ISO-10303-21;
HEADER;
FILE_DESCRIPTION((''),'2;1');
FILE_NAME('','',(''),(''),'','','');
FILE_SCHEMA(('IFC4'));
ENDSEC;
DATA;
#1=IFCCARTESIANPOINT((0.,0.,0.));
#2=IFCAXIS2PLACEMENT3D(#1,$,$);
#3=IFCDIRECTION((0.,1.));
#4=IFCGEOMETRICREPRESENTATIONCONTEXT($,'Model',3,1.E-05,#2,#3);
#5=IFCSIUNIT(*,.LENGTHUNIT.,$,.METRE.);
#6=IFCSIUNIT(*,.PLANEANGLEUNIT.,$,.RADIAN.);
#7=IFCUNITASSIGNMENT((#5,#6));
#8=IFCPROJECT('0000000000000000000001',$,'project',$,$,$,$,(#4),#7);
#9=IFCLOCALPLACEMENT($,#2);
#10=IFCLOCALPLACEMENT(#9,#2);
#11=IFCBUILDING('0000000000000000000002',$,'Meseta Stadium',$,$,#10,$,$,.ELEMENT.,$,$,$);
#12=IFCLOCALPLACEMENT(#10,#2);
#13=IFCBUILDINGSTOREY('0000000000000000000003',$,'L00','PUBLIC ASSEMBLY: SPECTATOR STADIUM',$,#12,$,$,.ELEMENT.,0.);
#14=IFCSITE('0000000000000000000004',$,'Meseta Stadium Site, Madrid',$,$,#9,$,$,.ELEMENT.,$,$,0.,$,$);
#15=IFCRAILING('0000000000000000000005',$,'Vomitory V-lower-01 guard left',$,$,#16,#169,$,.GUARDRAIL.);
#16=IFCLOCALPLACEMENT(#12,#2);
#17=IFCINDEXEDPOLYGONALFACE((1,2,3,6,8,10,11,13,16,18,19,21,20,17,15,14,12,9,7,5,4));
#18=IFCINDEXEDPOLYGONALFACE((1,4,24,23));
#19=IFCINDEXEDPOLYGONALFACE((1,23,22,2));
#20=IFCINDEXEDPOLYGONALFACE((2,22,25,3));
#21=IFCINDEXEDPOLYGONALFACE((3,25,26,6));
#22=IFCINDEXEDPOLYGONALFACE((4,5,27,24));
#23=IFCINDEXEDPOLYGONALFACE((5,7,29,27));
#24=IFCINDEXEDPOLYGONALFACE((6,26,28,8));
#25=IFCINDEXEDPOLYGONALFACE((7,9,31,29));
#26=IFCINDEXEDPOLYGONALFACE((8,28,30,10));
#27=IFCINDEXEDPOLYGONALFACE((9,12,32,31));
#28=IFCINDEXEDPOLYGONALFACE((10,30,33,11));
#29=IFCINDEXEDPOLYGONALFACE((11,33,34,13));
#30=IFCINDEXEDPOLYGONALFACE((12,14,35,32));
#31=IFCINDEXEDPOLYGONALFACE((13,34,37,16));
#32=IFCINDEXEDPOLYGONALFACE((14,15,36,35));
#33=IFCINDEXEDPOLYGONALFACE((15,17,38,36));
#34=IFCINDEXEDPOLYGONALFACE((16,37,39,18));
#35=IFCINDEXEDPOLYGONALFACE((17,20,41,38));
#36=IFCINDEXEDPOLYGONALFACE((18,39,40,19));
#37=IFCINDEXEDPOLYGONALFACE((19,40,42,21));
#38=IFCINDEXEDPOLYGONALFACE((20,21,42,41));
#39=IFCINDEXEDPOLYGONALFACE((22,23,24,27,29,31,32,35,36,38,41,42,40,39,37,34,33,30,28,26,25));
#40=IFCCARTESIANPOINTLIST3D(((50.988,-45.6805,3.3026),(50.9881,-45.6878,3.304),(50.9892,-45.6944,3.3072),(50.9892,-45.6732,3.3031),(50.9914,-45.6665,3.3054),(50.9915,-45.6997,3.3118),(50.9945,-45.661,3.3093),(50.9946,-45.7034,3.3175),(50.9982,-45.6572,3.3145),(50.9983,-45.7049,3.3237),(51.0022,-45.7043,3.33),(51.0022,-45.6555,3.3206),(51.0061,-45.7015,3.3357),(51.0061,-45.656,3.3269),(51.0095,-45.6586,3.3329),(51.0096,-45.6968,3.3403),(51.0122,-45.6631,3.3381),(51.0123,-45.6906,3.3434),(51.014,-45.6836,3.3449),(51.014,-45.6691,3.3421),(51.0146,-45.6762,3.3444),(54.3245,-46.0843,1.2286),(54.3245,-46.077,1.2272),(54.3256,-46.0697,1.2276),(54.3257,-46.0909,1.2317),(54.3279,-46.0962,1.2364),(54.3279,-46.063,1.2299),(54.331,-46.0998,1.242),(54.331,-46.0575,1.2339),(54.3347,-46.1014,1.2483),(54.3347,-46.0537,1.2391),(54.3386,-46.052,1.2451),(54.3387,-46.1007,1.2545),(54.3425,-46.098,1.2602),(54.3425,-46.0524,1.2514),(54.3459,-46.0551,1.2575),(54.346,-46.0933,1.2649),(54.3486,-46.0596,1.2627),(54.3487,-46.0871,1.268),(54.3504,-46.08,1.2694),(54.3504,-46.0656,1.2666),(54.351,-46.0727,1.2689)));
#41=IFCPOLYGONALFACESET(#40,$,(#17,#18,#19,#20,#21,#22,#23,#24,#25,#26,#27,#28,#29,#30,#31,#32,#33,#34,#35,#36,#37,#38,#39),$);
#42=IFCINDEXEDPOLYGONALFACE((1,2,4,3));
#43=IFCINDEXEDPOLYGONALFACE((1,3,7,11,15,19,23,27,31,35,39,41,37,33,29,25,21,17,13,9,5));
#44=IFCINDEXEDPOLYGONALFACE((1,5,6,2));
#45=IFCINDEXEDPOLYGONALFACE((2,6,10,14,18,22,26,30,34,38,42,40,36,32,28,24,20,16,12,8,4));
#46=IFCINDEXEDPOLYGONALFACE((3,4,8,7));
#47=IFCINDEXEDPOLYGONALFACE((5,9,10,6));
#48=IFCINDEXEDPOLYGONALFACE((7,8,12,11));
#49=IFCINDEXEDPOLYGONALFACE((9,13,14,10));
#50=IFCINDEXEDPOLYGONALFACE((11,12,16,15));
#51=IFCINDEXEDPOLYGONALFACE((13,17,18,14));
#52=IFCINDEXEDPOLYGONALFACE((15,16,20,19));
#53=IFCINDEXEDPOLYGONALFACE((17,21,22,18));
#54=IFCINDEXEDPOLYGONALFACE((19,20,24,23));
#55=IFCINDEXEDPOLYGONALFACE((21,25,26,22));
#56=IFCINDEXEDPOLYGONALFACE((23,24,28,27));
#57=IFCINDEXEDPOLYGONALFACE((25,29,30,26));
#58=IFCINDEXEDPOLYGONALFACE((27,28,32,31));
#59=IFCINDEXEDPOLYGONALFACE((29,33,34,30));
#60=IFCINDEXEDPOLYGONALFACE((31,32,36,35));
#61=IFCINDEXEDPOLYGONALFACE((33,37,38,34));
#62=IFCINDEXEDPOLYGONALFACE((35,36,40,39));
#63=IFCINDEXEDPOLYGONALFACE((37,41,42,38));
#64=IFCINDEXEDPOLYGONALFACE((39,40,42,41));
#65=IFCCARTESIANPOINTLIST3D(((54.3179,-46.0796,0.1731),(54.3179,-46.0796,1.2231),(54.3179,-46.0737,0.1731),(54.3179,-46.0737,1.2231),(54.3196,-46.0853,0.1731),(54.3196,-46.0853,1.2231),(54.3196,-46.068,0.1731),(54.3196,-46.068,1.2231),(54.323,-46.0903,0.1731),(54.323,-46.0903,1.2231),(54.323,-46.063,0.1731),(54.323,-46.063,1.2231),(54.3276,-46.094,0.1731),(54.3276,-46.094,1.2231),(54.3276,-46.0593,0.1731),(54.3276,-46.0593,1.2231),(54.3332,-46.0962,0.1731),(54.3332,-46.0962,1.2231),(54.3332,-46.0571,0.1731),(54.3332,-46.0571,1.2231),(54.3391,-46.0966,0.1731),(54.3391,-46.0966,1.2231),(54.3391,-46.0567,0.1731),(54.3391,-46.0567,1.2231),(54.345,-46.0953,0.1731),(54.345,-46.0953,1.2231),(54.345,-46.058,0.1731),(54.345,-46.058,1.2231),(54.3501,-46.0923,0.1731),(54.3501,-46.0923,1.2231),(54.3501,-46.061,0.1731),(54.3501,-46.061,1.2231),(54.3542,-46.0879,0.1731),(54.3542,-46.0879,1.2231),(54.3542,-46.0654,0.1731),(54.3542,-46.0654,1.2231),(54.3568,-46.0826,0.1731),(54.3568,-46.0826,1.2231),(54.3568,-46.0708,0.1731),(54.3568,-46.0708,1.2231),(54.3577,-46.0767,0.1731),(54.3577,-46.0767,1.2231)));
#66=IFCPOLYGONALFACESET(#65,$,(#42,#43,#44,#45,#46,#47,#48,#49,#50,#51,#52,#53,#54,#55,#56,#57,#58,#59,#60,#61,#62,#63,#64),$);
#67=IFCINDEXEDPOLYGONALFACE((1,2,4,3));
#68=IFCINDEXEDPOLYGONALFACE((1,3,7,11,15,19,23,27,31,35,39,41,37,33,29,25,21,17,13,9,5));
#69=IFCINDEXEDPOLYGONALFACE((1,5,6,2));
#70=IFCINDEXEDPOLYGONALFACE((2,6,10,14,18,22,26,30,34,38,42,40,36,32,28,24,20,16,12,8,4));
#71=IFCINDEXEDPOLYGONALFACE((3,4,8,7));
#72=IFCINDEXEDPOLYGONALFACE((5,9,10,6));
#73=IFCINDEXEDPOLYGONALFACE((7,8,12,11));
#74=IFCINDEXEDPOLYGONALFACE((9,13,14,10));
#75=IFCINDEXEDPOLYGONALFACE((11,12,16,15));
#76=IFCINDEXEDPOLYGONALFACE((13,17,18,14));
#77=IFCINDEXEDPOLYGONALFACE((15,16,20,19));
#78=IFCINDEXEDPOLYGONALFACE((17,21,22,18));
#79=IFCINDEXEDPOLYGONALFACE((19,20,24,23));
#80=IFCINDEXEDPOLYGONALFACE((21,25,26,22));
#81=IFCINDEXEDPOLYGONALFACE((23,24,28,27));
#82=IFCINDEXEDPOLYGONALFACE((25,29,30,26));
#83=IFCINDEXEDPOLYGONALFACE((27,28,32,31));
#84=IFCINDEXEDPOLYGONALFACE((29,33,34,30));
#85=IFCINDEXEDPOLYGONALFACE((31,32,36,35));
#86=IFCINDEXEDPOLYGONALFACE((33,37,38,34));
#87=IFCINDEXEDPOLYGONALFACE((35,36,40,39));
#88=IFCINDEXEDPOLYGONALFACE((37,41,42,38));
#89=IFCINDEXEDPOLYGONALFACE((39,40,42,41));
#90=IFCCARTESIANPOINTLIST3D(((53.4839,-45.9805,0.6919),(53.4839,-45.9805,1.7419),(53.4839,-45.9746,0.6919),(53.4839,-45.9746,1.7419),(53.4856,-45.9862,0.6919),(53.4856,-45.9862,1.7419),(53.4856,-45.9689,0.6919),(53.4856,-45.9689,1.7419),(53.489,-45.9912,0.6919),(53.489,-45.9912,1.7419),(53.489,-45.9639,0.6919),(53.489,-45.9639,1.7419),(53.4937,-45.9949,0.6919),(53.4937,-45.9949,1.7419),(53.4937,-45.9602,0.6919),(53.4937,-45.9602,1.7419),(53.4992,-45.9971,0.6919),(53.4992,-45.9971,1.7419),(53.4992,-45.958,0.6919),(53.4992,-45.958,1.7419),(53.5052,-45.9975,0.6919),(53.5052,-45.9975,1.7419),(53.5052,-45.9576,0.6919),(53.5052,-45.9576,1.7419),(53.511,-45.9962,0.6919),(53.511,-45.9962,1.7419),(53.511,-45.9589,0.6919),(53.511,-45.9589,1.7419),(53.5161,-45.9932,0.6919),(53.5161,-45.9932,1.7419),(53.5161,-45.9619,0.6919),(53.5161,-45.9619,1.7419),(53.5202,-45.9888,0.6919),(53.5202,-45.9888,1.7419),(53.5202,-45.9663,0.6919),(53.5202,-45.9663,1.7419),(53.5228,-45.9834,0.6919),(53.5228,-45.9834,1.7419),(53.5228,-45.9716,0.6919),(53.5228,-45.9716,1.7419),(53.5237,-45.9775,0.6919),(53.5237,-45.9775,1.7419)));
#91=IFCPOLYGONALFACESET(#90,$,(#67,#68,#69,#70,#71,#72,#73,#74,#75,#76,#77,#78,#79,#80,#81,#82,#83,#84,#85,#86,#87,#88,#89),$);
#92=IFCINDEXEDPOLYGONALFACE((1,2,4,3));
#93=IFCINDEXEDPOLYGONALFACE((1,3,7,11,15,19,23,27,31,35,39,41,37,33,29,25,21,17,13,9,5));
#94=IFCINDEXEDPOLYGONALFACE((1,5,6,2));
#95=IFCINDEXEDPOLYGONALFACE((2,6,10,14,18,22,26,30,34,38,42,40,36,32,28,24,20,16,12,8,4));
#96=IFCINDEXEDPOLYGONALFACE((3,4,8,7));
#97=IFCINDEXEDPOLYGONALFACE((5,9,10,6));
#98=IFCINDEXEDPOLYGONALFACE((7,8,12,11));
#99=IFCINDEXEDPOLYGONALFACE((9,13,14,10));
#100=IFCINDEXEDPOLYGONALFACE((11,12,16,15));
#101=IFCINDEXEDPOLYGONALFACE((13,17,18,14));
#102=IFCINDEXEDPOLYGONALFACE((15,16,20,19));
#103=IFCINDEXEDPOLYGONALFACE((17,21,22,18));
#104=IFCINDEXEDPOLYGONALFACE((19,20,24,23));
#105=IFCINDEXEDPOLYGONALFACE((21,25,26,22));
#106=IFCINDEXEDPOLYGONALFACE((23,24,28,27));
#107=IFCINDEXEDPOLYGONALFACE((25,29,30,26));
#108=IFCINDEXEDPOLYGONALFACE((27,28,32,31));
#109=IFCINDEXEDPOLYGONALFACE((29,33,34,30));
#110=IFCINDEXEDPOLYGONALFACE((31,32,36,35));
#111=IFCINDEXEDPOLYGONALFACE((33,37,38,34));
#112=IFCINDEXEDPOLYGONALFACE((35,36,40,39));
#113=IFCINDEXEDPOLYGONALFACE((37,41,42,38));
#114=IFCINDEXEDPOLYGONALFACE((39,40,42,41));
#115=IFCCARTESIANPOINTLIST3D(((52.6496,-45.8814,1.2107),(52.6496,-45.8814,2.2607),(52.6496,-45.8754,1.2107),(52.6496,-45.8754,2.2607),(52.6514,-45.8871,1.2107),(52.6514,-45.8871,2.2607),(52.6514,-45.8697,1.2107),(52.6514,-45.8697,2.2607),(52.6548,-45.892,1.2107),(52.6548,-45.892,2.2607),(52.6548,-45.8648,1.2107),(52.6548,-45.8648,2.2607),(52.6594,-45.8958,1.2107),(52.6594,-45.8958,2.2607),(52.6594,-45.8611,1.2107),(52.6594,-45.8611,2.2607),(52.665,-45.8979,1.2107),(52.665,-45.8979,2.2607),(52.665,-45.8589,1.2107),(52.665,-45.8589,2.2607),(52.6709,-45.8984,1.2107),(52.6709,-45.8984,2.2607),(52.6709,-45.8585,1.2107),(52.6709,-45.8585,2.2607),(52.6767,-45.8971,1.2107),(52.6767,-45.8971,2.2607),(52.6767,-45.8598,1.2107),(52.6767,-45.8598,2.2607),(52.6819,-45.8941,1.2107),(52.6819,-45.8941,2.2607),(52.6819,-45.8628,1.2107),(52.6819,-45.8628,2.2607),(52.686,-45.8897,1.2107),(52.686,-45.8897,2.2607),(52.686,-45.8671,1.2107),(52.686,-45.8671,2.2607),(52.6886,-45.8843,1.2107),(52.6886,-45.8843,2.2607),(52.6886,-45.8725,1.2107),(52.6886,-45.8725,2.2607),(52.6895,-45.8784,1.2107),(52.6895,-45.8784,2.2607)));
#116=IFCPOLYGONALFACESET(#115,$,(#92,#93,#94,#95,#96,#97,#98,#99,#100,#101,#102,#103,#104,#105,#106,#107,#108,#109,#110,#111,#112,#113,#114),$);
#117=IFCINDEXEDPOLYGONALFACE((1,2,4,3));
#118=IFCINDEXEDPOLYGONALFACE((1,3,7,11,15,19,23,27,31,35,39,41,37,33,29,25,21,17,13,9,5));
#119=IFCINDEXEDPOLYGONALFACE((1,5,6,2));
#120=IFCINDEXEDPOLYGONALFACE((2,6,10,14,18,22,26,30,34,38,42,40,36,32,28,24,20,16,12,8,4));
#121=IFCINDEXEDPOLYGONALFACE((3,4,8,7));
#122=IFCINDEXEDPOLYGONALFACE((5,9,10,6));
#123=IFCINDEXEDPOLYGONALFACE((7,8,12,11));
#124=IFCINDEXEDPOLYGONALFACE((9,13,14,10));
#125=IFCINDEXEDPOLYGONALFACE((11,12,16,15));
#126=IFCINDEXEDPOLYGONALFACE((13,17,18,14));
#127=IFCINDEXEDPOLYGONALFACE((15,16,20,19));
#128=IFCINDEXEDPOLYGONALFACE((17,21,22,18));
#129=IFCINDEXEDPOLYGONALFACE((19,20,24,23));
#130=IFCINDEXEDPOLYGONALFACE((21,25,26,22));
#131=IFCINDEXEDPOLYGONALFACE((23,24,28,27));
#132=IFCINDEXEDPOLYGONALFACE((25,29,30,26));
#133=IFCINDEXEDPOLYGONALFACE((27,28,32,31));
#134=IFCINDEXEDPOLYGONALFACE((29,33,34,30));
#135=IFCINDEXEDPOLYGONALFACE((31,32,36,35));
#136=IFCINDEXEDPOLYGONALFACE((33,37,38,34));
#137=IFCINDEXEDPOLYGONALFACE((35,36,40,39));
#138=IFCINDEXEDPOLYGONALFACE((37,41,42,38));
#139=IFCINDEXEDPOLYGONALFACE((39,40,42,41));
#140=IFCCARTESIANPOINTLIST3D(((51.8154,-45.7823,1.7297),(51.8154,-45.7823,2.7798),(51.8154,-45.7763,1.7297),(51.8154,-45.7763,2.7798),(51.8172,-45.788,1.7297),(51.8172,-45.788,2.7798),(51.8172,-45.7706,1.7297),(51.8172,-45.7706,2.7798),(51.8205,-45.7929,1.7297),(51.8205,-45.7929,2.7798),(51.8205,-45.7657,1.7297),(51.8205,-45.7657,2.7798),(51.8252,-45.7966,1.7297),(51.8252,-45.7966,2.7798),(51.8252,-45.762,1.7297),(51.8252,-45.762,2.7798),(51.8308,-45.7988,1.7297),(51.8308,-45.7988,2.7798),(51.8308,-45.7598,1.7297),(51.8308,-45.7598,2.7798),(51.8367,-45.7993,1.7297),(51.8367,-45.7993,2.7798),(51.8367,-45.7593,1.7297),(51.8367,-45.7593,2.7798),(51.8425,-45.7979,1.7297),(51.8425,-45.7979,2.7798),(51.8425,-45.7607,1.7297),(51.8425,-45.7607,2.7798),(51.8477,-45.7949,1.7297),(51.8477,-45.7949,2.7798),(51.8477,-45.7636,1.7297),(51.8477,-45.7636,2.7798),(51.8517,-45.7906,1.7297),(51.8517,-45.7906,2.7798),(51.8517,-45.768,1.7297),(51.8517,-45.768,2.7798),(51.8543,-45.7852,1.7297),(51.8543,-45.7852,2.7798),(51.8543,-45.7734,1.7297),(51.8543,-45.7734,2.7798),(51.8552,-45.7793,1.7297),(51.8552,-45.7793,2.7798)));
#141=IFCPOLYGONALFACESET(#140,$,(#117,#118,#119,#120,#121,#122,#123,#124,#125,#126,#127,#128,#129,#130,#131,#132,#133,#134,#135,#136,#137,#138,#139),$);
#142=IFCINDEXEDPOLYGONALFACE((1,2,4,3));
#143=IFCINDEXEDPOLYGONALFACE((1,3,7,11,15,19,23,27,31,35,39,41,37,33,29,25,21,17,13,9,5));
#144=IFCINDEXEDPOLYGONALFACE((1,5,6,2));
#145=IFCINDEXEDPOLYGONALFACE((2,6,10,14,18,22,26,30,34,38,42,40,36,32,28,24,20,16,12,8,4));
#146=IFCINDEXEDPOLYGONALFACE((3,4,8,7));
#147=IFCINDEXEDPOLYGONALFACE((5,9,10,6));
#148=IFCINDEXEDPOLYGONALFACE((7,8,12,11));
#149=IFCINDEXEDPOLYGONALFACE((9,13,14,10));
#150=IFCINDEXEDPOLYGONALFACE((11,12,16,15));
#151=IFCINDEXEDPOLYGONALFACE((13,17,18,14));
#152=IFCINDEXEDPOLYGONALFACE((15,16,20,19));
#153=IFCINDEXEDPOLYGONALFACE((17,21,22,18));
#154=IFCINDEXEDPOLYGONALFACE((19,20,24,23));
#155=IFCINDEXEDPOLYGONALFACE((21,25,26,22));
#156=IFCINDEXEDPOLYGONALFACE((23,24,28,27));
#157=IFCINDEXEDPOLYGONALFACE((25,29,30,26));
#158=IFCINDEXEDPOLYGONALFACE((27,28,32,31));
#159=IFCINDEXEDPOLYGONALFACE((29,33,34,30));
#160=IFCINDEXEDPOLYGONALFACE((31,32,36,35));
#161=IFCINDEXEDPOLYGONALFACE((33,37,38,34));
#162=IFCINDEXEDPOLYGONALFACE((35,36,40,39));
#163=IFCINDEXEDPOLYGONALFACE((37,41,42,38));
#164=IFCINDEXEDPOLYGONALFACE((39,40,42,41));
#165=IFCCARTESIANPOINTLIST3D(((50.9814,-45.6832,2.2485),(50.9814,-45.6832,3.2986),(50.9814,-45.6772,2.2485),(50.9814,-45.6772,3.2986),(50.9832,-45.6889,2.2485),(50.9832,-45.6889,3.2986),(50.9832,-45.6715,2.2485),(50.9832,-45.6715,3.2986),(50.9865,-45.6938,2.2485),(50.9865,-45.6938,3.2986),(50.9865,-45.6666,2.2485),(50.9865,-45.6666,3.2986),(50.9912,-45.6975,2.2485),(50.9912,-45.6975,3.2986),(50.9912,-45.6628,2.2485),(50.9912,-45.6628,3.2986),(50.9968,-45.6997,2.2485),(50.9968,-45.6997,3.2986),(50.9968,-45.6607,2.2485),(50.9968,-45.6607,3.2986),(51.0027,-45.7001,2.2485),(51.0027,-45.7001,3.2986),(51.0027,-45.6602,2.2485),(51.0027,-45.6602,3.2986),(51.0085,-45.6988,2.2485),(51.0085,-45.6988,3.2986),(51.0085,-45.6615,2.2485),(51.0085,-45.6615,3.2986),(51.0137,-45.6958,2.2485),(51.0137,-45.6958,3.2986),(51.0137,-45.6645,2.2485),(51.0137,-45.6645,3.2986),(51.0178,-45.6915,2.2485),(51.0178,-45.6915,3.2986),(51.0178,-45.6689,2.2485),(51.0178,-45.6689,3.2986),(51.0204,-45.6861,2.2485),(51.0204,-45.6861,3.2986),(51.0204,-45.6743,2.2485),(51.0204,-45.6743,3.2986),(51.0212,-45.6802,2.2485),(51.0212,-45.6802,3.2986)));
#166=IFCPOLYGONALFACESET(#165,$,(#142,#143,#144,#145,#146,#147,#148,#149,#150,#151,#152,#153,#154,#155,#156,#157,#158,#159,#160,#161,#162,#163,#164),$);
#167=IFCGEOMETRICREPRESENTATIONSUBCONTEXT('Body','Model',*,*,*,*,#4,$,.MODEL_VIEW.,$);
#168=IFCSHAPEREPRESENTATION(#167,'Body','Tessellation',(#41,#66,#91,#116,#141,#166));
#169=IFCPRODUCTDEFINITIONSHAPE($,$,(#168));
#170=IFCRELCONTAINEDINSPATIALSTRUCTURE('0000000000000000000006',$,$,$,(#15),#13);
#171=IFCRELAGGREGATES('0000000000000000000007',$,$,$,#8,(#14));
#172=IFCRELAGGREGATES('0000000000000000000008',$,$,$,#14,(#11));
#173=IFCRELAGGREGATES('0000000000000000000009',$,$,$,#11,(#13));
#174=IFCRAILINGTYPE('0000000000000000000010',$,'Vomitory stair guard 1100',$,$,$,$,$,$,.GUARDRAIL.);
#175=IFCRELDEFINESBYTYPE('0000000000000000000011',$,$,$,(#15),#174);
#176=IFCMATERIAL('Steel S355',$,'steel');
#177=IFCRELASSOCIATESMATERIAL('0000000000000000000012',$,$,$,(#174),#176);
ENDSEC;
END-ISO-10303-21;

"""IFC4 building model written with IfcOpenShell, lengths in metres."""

from ifc_helpers import new_model, si_unit, direction, frame, origin, origin_2d, place, context, subcontext, project, spatial, circle, extrude, material, type_object, element, save


model = new_model("IFC4")

# Units and contexts
model_context = context("Model", 3, precision=1e-05, world=origin(), true_north=direction((0.0, 1.0)))
body_context = subcontext(model_context, "Body", "Model", "MODEL_VIEW")
ifc_project = project(units=[si_unit("LENGTHUNIT", "METRE"), si_unit("PLANEANGLEUNIT", "RADIAN")], contexts=[model_context])

# Site, building, storey
site_placement = place(None, origin())
site = spatial("IfcSite", under=ifc_project, at=site_placement, Name="Meseta Stadium Site, Madrid", CompositionType="ELEMENT", RefElevation=0.0)
building_placement = place(site_placement, origin())
building = spatial("IfcBuilding", under=site, at=building_placement, Name="Meseta Stadium", CompositionType="ELEMENT")
storey_placement = place(building_placement, origin())
storey = spatial("IfcBuildingStorey", under=building, at=storey_placement, Name="L00", Description="PUBLIC ASSEMBLY: SPECTATOR STADIUM", CompositionType="ELEMENT", Elevation=0.0)

# Railing
ifc_material_1 = material(Name="Steel S355", Category="steel")
railing_type_1 = type_object("IfcRailingType", Name="Vomitory stair guard 1100", PredefinedType="GUARDRAIL", material=ifc_material_1)
for number, where, name in (
    (1, (54.3376, -46.0767, 0.1731), "Vomitory V-lower-01 guard left"),
):
    element("IfcRailing", number, at=place(storey_placement, frame(where)), inside=storey, type_object=railing_type_1, Name=name, PredefinedType="GUARDRAIL", context=body_context, shape_type="SweptSolid", body=[
        extrude(circle(Radius=0.0249, at=origin_2d()), frame((0.0, 0.0, 1.0752), z_axis=(-0.84483, 0.100395, 0.525531), x_axis=(-0.118005, -0.993013, 0.0)), (0.0, 0.0, 1.0), 3.9492),
        extrude(circle(Radius=0.02, at=origin_2d()), origin(), (0.0, 0.0, 1.0), 1.05),
        extrude(circle(Radius=0.02, at=origin_2d()), frame((-0.834, 0.0991, 0.5188)), (0.0, 0.0, 1.0), 1.05),
        extrude(circle(Radius=0.02, at=origin_2d()), frame((-1.6682, 0.1982, 1.0376)), (0.0, 0.0, 1.0), 1.05),
        extrude(circle(Radius=0.02, at=origin_2d()), frame((-2.5024, 0.2974, 1.5566)), (0.0, 0.0, 1.0), 1.05),
        extrude(circle(Radius=0.02, at=origin_2d()), frame((-3.3364, 0.3965, 2.0754)), (0.0, 0.0, 1.0), 1.05),
    ])

save(model, "model.ifc")
